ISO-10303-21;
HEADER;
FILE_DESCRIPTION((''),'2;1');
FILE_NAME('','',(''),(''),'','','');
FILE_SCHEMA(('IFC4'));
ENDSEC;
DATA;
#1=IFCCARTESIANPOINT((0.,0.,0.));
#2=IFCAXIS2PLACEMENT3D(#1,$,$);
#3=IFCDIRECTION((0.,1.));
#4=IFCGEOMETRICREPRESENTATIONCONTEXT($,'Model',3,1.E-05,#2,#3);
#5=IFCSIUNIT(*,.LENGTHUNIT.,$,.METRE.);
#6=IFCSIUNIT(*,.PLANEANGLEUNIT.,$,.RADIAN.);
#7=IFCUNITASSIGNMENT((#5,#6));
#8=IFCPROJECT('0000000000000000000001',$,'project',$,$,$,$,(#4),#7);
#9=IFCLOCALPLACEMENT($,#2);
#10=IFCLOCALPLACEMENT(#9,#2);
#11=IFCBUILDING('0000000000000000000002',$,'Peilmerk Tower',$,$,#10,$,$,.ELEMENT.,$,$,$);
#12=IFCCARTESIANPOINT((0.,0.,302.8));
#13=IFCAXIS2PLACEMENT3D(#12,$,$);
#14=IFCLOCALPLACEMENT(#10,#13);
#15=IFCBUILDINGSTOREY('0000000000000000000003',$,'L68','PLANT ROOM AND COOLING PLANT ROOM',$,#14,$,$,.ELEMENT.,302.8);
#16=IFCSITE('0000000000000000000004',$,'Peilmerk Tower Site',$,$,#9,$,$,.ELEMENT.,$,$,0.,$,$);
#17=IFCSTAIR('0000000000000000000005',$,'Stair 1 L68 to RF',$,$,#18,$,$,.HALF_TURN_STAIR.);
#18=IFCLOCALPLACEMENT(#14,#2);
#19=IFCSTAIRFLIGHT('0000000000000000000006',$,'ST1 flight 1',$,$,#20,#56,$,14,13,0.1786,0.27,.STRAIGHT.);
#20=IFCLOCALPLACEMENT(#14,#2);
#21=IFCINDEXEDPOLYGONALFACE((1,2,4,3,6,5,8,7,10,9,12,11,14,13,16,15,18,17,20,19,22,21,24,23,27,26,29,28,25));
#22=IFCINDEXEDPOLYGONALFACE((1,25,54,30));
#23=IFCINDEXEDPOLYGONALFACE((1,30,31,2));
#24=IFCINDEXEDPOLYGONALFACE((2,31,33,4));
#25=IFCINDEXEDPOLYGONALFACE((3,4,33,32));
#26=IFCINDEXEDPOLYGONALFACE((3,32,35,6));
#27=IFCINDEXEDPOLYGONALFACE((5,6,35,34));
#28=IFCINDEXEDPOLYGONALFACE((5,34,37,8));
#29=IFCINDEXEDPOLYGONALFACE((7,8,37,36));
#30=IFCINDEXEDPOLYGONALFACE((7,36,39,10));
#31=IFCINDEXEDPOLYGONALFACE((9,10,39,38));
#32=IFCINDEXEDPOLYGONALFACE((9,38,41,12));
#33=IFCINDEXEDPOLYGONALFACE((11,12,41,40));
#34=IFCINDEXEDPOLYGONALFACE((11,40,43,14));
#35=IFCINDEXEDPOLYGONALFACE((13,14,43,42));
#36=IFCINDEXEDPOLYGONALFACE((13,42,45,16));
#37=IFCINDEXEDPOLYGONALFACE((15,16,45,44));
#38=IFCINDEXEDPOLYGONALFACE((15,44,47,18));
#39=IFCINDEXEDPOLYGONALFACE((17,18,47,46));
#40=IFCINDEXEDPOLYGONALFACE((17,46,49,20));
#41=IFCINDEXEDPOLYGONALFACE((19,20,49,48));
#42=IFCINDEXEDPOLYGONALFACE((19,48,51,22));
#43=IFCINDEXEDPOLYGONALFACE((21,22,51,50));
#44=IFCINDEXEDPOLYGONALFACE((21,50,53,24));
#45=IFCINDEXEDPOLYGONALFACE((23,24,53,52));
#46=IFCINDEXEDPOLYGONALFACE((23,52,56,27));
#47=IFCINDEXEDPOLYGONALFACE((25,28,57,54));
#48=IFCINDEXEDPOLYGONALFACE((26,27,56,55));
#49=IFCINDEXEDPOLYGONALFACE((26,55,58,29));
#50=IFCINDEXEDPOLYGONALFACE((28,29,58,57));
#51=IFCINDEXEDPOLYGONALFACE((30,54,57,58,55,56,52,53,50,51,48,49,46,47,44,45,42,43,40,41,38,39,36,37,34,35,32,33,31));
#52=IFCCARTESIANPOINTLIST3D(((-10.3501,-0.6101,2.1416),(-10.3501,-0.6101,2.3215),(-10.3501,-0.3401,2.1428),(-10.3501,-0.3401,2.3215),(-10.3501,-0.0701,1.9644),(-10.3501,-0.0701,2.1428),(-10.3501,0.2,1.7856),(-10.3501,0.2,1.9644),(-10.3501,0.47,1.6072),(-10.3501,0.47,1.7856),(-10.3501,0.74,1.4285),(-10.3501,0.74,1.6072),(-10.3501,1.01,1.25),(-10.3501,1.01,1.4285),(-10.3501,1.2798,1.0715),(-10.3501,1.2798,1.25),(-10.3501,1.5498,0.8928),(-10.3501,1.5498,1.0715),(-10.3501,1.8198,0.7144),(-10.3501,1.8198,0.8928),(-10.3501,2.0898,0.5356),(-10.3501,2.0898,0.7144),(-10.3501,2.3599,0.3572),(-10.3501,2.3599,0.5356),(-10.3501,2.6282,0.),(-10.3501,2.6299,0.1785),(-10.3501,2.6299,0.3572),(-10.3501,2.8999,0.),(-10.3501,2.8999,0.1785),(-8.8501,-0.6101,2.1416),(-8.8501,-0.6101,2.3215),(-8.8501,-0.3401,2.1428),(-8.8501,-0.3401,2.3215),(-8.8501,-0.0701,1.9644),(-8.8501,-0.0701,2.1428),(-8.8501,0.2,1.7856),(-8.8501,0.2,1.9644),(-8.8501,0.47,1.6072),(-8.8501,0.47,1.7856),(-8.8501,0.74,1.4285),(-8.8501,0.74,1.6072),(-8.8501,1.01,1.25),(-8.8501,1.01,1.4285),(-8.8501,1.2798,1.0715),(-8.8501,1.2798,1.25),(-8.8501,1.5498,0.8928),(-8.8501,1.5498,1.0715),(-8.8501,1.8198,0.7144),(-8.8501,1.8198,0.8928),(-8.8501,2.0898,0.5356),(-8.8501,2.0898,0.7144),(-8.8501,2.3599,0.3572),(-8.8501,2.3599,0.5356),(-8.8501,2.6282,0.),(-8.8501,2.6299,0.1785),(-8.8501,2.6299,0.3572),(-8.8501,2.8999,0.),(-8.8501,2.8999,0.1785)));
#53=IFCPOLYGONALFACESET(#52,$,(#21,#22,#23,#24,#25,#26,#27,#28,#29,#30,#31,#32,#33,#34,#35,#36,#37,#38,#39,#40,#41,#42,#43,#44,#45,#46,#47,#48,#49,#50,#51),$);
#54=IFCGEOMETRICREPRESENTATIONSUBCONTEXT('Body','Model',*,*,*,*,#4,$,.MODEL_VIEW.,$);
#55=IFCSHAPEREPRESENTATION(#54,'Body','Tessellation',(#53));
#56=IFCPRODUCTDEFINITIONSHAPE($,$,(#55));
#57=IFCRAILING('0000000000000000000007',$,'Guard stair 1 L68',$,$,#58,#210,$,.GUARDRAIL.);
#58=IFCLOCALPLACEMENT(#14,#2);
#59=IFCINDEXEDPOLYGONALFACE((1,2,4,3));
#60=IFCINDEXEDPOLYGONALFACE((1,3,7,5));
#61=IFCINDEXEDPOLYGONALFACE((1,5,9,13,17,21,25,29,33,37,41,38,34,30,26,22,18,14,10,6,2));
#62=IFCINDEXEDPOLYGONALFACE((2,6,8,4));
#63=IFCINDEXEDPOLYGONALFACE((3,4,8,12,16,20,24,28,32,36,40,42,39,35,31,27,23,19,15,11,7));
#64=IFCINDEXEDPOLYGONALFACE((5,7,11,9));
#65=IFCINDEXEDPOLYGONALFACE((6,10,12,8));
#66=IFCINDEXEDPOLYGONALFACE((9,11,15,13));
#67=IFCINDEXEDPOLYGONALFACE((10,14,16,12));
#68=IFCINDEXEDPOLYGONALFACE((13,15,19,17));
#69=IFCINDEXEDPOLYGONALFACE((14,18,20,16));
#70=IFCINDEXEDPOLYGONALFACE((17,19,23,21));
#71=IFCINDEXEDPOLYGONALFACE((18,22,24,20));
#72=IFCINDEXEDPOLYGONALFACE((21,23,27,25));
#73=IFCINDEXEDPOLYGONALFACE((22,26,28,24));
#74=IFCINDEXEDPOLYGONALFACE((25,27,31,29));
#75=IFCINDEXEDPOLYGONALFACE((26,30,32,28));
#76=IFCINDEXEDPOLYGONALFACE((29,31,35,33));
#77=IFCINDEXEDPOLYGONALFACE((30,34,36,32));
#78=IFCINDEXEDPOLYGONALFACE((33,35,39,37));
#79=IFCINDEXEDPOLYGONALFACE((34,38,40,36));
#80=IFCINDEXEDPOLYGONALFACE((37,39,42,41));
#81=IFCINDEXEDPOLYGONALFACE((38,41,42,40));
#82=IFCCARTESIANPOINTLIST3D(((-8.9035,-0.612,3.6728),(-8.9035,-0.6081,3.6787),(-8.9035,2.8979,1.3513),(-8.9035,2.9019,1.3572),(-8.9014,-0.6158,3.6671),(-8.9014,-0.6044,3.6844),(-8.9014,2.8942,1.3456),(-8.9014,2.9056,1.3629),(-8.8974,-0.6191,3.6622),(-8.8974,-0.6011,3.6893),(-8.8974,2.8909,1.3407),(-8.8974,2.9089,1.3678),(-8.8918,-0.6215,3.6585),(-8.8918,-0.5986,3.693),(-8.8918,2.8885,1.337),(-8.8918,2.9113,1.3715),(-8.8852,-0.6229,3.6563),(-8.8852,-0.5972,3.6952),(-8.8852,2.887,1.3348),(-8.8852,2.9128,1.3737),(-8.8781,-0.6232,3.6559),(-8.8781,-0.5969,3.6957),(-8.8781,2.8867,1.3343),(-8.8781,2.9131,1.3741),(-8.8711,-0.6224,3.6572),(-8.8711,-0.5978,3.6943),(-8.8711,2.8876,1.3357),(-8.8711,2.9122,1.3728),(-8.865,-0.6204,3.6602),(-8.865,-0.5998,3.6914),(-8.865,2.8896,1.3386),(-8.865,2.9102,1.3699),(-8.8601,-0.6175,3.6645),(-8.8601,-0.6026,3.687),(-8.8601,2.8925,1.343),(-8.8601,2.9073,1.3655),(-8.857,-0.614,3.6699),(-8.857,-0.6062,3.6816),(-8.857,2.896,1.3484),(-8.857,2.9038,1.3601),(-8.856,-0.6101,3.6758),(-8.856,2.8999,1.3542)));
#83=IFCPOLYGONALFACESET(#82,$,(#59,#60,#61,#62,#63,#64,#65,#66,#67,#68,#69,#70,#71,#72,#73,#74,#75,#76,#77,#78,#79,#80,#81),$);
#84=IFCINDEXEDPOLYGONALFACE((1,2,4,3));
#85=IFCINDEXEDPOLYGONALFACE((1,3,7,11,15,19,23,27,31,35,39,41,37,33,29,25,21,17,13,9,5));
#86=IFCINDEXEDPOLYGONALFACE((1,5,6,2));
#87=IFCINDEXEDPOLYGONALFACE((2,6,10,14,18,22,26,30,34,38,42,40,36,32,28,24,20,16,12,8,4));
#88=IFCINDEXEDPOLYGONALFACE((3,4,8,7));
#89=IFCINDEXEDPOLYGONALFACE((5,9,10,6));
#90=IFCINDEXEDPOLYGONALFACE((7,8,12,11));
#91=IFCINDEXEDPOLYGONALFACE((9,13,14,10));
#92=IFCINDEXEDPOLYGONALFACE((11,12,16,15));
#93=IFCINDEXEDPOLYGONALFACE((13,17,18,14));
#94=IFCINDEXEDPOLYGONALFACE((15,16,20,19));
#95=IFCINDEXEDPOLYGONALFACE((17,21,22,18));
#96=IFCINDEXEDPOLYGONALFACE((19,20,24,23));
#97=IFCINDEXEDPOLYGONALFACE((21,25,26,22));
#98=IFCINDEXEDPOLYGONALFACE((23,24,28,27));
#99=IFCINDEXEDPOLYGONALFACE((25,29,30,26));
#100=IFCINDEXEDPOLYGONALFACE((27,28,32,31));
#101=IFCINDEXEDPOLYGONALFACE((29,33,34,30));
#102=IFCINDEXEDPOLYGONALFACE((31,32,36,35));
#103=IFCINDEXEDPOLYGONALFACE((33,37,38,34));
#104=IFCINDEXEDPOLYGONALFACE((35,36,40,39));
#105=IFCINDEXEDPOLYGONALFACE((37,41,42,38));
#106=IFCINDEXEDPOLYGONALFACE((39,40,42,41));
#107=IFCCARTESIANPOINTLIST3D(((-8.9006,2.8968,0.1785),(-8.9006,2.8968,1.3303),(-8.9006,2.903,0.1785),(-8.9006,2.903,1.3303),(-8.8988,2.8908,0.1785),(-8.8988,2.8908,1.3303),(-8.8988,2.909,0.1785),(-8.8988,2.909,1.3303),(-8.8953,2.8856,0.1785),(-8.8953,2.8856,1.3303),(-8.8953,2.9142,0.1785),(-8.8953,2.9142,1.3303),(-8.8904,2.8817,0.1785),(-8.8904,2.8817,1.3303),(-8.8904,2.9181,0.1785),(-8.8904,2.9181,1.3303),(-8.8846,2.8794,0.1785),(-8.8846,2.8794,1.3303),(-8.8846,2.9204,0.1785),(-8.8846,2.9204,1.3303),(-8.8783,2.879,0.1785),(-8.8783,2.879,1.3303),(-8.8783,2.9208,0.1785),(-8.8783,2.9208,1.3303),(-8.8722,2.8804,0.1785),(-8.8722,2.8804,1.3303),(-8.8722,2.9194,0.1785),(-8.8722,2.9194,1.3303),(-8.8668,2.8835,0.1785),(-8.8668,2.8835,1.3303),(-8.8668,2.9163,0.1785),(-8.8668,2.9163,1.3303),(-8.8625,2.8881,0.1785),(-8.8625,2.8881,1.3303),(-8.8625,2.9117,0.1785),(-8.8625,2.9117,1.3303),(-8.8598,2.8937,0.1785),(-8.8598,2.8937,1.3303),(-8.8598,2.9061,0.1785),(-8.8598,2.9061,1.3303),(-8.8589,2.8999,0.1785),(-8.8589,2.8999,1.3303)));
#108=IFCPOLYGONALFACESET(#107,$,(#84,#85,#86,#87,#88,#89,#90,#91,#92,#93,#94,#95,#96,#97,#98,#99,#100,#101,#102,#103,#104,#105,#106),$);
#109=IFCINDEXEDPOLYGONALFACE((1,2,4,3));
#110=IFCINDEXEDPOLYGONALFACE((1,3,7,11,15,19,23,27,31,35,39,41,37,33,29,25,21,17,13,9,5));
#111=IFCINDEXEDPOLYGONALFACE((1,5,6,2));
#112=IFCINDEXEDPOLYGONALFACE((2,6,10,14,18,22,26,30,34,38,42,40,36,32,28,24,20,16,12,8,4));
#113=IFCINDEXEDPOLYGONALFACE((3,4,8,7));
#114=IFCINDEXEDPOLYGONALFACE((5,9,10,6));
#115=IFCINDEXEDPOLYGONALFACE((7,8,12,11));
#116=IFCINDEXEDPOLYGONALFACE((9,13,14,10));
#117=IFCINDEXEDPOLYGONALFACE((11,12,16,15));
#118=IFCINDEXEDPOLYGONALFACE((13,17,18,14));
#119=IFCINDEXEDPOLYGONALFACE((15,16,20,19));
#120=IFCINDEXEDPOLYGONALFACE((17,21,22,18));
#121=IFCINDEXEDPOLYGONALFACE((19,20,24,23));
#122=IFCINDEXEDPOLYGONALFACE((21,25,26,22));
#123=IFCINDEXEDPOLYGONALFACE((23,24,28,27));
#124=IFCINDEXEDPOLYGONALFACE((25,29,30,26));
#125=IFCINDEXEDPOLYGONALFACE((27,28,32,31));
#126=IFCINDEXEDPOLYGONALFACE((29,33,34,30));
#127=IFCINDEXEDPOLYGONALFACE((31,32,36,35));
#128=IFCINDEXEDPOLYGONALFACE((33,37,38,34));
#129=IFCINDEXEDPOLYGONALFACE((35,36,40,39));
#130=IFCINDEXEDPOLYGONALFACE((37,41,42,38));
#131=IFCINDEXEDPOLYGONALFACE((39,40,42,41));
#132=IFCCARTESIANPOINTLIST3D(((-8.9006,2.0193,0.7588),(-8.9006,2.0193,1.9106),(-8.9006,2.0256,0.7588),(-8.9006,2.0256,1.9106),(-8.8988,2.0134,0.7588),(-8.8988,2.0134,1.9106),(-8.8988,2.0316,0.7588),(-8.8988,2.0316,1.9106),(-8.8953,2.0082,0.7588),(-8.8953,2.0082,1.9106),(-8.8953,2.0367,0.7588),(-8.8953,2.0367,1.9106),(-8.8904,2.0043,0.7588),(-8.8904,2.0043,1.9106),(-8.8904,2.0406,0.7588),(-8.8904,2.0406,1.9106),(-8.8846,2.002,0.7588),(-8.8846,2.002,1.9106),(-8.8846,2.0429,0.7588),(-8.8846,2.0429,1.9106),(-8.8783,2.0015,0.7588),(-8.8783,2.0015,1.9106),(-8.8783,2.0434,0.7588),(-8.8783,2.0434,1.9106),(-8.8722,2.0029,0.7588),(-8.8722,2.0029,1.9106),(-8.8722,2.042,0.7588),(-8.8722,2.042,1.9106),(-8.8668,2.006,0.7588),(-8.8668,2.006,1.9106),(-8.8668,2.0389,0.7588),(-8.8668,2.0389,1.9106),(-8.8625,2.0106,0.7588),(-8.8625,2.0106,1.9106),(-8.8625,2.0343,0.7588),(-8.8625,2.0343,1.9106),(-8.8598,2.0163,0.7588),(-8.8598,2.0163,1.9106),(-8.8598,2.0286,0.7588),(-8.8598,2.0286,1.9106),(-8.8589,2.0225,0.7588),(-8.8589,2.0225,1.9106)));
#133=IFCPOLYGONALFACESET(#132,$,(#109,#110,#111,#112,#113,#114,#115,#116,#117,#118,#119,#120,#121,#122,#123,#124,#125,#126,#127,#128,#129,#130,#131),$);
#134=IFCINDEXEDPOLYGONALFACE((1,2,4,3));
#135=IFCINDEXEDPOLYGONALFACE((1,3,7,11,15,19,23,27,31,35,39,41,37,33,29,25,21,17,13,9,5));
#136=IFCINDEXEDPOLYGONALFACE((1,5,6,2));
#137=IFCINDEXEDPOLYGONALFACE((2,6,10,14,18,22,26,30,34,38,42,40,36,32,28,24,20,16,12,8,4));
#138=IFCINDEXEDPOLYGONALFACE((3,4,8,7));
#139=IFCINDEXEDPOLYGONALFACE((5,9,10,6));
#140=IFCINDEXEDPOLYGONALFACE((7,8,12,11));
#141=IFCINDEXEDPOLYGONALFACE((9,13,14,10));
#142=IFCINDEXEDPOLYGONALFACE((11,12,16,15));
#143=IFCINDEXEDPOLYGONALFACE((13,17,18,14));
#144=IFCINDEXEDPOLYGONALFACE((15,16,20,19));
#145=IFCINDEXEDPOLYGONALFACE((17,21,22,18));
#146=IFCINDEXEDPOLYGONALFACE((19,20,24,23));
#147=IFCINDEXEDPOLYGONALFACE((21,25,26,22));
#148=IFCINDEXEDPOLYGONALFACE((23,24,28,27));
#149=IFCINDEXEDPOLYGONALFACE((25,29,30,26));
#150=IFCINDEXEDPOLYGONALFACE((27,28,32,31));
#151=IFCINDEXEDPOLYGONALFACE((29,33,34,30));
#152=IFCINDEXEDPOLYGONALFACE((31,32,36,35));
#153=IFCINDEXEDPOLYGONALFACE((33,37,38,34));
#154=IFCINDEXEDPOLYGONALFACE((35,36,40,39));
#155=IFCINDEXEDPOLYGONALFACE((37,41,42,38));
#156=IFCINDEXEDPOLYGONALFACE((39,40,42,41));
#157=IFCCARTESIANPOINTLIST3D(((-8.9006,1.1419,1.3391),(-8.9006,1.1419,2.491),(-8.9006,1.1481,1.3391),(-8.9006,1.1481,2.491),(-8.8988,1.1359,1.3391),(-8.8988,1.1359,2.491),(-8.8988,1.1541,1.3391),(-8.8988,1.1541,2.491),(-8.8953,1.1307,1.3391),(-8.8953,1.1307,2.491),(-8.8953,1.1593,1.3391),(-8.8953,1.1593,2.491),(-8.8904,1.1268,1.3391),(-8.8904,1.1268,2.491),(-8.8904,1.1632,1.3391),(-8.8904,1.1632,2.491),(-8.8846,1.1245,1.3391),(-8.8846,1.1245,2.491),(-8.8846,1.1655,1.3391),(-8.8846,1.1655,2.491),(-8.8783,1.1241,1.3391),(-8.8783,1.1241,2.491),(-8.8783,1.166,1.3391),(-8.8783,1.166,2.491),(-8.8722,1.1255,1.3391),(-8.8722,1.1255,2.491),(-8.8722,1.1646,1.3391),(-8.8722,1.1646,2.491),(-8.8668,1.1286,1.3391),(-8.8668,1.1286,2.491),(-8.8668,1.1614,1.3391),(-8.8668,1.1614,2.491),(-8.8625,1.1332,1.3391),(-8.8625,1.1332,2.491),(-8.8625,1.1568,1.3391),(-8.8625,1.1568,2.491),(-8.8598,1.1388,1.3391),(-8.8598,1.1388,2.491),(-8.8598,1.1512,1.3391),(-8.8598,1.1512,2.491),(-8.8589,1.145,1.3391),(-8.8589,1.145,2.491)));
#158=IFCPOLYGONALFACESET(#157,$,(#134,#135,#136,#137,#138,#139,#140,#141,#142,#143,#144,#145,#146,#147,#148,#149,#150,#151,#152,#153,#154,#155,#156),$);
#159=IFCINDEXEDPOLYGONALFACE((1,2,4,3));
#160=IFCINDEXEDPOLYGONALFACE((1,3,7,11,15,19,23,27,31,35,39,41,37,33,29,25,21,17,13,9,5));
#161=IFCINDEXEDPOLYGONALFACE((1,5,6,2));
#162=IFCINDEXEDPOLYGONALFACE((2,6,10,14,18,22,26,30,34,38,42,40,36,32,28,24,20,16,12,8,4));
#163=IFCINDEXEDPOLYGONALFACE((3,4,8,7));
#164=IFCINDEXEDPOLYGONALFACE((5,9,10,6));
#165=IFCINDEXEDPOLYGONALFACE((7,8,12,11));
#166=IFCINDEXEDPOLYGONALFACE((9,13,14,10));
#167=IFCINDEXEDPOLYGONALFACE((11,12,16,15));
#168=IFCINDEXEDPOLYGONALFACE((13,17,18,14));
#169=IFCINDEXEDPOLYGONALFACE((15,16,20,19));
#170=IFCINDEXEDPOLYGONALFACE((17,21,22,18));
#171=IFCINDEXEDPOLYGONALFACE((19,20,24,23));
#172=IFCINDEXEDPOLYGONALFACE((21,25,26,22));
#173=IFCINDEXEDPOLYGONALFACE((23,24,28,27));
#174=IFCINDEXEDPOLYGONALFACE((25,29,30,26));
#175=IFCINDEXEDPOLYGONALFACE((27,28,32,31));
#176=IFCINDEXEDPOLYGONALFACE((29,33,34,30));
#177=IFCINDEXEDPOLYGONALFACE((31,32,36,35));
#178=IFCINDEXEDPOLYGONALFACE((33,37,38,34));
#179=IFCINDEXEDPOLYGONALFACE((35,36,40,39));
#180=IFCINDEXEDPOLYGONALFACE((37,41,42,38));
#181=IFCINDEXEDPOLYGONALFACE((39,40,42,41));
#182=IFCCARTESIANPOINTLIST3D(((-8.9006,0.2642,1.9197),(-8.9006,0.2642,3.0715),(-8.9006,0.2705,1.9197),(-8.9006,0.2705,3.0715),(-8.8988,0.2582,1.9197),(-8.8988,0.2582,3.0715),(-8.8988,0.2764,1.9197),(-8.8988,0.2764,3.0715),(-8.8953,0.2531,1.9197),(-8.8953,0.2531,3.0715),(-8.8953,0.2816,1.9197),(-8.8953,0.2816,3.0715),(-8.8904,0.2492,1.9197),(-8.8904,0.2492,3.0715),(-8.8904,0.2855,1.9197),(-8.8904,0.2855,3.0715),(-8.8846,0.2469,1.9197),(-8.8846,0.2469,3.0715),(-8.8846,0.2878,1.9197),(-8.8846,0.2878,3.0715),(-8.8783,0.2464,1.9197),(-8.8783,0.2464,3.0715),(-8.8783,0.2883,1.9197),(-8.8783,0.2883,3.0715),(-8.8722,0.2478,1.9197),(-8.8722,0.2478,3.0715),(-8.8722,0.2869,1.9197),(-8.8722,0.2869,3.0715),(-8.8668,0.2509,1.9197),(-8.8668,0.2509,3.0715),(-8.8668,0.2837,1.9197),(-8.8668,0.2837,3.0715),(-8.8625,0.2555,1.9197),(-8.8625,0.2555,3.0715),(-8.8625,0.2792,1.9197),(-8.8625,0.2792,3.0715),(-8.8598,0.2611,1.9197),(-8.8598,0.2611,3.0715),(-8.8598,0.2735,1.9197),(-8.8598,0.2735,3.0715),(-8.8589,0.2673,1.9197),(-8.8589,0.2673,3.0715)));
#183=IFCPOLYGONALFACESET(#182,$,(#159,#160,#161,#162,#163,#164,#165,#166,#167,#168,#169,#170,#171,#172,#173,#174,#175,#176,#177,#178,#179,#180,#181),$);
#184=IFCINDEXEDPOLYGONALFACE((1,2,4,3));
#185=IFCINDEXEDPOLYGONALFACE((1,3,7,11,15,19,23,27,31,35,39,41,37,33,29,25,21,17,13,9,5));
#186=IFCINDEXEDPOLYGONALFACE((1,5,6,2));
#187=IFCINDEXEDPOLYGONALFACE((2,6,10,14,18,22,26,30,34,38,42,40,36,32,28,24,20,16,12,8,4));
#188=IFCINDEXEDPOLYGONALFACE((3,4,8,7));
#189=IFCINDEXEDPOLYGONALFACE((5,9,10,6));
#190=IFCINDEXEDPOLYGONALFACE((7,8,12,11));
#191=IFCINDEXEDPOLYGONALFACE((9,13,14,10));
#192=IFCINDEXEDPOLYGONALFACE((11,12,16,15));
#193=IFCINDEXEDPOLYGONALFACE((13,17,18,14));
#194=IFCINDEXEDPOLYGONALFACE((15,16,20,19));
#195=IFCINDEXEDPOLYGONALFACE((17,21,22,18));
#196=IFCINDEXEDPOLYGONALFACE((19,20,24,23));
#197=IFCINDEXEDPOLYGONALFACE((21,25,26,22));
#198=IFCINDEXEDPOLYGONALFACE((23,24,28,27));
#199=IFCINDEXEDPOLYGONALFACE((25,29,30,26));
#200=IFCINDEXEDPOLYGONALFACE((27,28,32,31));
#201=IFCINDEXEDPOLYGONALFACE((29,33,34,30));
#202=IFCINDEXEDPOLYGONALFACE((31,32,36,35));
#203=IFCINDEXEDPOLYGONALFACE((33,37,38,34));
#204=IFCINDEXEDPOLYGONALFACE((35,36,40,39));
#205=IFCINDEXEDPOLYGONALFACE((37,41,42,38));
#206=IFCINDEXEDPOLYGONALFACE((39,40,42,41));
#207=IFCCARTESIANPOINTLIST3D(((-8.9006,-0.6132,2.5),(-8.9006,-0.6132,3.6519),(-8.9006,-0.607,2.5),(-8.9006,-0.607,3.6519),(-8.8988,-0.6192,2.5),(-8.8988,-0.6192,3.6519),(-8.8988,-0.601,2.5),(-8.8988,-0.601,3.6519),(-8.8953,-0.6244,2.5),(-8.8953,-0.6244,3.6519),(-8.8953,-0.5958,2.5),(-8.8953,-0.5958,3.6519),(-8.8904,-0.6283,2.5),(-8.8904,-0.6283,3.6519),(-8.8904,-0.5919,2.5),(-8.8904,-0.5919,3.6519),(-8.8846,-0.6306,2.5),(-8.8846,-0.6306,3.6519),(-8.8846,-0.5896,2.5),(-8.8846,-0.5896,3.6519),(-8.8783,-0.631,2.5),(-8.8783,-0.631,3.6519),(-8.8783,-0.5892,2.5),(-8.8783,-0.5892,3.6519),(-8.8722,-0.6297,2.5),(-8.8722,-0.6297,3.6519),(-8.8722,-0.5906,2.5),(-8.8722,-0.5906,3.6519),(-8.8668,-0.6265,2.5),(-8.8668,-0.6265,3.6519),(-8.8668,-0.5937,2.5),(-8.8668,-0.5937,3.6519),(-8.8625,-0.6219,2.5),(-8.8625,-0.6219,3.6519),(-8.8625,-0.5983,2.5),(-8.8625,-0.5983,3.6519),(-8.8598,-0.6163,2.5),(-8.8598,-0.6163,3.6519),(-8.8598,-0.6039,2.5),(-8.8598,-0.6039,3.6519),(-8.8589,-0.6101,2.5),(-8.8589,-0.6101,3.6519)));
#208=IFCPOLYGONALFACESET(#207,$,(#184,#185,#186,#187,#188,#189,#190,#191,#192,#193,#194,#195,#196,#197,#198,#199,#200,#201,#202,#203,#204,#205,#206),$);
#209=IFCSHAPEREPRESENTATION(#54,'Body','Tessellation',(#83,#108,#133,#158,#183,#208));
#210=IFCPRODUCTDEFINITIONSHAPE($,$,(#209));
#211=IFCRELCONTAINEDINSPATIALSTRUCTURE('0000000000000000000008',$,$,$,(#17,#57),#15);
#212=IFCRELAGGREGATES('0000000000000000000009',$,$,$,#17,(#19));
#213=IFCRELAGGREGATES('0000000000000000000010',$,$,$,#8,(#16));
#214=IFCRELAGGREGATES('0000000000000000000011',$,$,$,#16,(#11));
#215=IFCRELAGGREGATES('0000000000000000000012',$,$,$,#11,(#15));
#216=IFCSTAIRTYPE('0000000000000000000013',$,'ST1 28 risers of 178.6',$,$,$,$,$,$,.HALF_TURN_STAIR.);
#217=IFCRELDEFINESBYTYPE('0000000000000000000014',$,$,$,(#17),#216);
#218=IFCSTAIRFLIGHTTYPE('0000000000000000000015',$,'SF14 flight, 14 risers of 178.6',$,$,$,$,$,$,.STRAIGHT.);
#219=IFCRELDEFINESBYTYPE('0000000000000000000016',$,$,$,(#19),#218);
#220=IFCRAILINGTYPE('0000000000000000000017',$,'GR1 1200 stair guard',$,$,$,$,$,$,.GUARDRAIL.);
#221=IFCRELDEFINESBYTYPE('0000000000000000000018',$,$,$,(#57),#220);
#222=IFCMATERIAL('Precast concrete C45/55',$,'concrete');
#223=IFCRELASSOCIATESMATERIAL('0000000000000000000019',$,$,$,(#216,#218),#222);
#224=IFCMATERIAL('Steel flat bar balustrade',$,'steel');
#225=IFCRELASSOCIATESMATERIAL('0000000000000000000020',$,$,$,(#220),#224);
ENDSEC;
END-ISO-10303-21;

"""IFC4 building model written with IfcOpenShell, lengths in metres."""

from ifc_helpers import new_model, si_unit, direction, frame, origin, origin_2d, place, context, subcontext, project, spatial, polyline, circle, outline, extrude, material, type_object, element, aggregate, save


model = new_model("IFC4")

# Units and contexts
model_context = context("Model", 3, precision=1e-05, world=origin(), true_north=direction((0.0, 1.0)))
body_context = subcontext(model_context, "Body", "Model", "MODEL_VIEW")
ifc_project = project(units=[si_unit("LENGTHUNIT", "METRE"), si_unit("PLANEANGLEUNIT", "RADIAN")], contexts=[model_context])

# Site, building, storey
site_placement = place(None, origin())
site = spatial("IfcSite", under=ifc_project, at=site_placement, Name="Peilmerk Tower Site", CompositionType="ELEMENT", RefElevation=0.0)
building_placement = place(site_placement, origin())
building = spatial("IfcBuilding", under=site, at=building_placement, Name="Peilmerk Tower", CompositionType="ELEMENT")
storey_placement = place(building_placement, frame((0.0, 0.0, 302.8)))
storey = spatial("IfcBuildingStorey", under=building, at=storey_placement, Name="L68", Description="PLANT ROOM AND COOLING PLANT ROOM", CompositionType="ELEMENT", Elevation=302.8)

# Stair, stair flight
ifc_material_1 = material(Name="Precast concrete C45/55", Category="concrete")
stair_type = type_object("IfcStairType", Name="ST1 28 risers of 178.6", PredefinedType="HALF_TURN_STAIR", material=ifc_material_1)
stair_placement = place(storey_placement, origin())
stair = element("IfcStair", 1, at=stair_placement, inside=storey, type_object=stair_type, Name="Stair 1 L68 to RF", PredefinedType="HALF_TURN_STAIR")
stair_flight_type = type_object("IfcStairFlightType", Name="SF14 flight, 14 risers of 178.6", PredefinedType="STRAIGHT", material=ifc_material_1)
stair_flight_placement = place(storey_placement, frame((-9.6001, 2.8999, 0.0), z_axis=(0.0, 0.0, 1.0), x_axis=(0.0, -1.0, 0.0)))
stair_flight = element("IfcStairFlight", 2, at=stair_flight_placement, type_object=stair_flight_type, Name="ST1 flight 1", NumberOfRisers=14, NumberOfTreads=13, PredefinedType="STRAIGHT", RiserHeight=0.1786, TreadLength=0.27, context=body_context, shape_type="SweptSolid", body=[
    extrude(outline(polyline([(0.0, 0.0), (0.0, 0.1785), (0.27, 0.1785), (0.27, 0.3572), (0.54, 0.3572), (0.54, 0.5356), (0.8101, 0.5356), (0.8101, 0.7144), (1.0801, 0.7144), (1.0801, 0.8928), (1.3501, 0.8928), (1.3501, 1.0715), (1.6201, 1.0715), (1.6201, 1.25), (1.8899, 1.25), (1.8899, 1.4285), (2.1599, 1.4285), (2.1599, 1.6072), (2.4299, 1.6072), (2.4299, 1.7856), (2.7, 1.7856), (2.7, 1.9644), (2.97, 1.9644), (2.97, 2.1428), (3.24, 2.1428), (3.24, 2.3215), (3.51, 2.3215), (3.51, 2.5), (3.51, 2.1416), (0.2717, 0.0), (0.0, 0.0)])), frame((0.0, 0.75, 0.0), z_axis=(0.0, -1.0, 0.0), x_axis=(1.0, 0.0, 0.0)), (0.0, 0.0, 1.0), 1.5),
])
aggregate(stair, [stair_flight])

# Railing
ifc_material_2 = material(Name="Steel flat bar balustrade", Category="steel")
railing_type_1 = type_object("IfcRailingType", Name="GR1 1200 stair guard", PredefinedType="GUARDRAIL", material=ifc_material_2)
railing_1_placement = place(storey_placement, frame((-8.8799, 2.8999, 0.1785)))
element("IfcRailing", 3, at=railing_1_placement, inside=storey, type_object=railing_type_1, Name="Guard stair 1 L68", PredefinedType="GUARDRAIL", context=body_context, shape_type="SweptSolid", body=[
    extrude(circle(Radius=0.0239, at=origin_2d()), frame((0.0, 0.0, 1.1758), z_axis=(0.0, -0.834071, 0.551657), x_axis=(1.0, 0.0, 0.0)), (0.0, 0.0, 1.0), 4.2083),
    extrude(circle(Radius=0.021, at=origin_2d()), origin(), (0.0, 0.0, 1.0), 1.1519),
    extrude(circle(Radius=0.021, at=origin_2d()), frame((0.0, -0.8774, 0.5803)), (0.0, 0.0, 1.0), 1.1519),
    extrude(circle(Radius=0.021, at=origin_2d()), frame((0.0, -1.7549, 1.1606)), (0.0, 0.0, 1.0), 1.1519),
    extrude(circle(Radius=0.021, at=origin_2d()), frame((0.0, -2.6326, 1.7412)), (0.0, 0.0, 1.0), 1.1519),
    extrude(circle(Radius=0.021, at=origin_2d()), frame((0.0, -3.51, 2.3215)), (0.0, 0.0, 1.0), 1.1519),
])

save(model, "model.ifc")
